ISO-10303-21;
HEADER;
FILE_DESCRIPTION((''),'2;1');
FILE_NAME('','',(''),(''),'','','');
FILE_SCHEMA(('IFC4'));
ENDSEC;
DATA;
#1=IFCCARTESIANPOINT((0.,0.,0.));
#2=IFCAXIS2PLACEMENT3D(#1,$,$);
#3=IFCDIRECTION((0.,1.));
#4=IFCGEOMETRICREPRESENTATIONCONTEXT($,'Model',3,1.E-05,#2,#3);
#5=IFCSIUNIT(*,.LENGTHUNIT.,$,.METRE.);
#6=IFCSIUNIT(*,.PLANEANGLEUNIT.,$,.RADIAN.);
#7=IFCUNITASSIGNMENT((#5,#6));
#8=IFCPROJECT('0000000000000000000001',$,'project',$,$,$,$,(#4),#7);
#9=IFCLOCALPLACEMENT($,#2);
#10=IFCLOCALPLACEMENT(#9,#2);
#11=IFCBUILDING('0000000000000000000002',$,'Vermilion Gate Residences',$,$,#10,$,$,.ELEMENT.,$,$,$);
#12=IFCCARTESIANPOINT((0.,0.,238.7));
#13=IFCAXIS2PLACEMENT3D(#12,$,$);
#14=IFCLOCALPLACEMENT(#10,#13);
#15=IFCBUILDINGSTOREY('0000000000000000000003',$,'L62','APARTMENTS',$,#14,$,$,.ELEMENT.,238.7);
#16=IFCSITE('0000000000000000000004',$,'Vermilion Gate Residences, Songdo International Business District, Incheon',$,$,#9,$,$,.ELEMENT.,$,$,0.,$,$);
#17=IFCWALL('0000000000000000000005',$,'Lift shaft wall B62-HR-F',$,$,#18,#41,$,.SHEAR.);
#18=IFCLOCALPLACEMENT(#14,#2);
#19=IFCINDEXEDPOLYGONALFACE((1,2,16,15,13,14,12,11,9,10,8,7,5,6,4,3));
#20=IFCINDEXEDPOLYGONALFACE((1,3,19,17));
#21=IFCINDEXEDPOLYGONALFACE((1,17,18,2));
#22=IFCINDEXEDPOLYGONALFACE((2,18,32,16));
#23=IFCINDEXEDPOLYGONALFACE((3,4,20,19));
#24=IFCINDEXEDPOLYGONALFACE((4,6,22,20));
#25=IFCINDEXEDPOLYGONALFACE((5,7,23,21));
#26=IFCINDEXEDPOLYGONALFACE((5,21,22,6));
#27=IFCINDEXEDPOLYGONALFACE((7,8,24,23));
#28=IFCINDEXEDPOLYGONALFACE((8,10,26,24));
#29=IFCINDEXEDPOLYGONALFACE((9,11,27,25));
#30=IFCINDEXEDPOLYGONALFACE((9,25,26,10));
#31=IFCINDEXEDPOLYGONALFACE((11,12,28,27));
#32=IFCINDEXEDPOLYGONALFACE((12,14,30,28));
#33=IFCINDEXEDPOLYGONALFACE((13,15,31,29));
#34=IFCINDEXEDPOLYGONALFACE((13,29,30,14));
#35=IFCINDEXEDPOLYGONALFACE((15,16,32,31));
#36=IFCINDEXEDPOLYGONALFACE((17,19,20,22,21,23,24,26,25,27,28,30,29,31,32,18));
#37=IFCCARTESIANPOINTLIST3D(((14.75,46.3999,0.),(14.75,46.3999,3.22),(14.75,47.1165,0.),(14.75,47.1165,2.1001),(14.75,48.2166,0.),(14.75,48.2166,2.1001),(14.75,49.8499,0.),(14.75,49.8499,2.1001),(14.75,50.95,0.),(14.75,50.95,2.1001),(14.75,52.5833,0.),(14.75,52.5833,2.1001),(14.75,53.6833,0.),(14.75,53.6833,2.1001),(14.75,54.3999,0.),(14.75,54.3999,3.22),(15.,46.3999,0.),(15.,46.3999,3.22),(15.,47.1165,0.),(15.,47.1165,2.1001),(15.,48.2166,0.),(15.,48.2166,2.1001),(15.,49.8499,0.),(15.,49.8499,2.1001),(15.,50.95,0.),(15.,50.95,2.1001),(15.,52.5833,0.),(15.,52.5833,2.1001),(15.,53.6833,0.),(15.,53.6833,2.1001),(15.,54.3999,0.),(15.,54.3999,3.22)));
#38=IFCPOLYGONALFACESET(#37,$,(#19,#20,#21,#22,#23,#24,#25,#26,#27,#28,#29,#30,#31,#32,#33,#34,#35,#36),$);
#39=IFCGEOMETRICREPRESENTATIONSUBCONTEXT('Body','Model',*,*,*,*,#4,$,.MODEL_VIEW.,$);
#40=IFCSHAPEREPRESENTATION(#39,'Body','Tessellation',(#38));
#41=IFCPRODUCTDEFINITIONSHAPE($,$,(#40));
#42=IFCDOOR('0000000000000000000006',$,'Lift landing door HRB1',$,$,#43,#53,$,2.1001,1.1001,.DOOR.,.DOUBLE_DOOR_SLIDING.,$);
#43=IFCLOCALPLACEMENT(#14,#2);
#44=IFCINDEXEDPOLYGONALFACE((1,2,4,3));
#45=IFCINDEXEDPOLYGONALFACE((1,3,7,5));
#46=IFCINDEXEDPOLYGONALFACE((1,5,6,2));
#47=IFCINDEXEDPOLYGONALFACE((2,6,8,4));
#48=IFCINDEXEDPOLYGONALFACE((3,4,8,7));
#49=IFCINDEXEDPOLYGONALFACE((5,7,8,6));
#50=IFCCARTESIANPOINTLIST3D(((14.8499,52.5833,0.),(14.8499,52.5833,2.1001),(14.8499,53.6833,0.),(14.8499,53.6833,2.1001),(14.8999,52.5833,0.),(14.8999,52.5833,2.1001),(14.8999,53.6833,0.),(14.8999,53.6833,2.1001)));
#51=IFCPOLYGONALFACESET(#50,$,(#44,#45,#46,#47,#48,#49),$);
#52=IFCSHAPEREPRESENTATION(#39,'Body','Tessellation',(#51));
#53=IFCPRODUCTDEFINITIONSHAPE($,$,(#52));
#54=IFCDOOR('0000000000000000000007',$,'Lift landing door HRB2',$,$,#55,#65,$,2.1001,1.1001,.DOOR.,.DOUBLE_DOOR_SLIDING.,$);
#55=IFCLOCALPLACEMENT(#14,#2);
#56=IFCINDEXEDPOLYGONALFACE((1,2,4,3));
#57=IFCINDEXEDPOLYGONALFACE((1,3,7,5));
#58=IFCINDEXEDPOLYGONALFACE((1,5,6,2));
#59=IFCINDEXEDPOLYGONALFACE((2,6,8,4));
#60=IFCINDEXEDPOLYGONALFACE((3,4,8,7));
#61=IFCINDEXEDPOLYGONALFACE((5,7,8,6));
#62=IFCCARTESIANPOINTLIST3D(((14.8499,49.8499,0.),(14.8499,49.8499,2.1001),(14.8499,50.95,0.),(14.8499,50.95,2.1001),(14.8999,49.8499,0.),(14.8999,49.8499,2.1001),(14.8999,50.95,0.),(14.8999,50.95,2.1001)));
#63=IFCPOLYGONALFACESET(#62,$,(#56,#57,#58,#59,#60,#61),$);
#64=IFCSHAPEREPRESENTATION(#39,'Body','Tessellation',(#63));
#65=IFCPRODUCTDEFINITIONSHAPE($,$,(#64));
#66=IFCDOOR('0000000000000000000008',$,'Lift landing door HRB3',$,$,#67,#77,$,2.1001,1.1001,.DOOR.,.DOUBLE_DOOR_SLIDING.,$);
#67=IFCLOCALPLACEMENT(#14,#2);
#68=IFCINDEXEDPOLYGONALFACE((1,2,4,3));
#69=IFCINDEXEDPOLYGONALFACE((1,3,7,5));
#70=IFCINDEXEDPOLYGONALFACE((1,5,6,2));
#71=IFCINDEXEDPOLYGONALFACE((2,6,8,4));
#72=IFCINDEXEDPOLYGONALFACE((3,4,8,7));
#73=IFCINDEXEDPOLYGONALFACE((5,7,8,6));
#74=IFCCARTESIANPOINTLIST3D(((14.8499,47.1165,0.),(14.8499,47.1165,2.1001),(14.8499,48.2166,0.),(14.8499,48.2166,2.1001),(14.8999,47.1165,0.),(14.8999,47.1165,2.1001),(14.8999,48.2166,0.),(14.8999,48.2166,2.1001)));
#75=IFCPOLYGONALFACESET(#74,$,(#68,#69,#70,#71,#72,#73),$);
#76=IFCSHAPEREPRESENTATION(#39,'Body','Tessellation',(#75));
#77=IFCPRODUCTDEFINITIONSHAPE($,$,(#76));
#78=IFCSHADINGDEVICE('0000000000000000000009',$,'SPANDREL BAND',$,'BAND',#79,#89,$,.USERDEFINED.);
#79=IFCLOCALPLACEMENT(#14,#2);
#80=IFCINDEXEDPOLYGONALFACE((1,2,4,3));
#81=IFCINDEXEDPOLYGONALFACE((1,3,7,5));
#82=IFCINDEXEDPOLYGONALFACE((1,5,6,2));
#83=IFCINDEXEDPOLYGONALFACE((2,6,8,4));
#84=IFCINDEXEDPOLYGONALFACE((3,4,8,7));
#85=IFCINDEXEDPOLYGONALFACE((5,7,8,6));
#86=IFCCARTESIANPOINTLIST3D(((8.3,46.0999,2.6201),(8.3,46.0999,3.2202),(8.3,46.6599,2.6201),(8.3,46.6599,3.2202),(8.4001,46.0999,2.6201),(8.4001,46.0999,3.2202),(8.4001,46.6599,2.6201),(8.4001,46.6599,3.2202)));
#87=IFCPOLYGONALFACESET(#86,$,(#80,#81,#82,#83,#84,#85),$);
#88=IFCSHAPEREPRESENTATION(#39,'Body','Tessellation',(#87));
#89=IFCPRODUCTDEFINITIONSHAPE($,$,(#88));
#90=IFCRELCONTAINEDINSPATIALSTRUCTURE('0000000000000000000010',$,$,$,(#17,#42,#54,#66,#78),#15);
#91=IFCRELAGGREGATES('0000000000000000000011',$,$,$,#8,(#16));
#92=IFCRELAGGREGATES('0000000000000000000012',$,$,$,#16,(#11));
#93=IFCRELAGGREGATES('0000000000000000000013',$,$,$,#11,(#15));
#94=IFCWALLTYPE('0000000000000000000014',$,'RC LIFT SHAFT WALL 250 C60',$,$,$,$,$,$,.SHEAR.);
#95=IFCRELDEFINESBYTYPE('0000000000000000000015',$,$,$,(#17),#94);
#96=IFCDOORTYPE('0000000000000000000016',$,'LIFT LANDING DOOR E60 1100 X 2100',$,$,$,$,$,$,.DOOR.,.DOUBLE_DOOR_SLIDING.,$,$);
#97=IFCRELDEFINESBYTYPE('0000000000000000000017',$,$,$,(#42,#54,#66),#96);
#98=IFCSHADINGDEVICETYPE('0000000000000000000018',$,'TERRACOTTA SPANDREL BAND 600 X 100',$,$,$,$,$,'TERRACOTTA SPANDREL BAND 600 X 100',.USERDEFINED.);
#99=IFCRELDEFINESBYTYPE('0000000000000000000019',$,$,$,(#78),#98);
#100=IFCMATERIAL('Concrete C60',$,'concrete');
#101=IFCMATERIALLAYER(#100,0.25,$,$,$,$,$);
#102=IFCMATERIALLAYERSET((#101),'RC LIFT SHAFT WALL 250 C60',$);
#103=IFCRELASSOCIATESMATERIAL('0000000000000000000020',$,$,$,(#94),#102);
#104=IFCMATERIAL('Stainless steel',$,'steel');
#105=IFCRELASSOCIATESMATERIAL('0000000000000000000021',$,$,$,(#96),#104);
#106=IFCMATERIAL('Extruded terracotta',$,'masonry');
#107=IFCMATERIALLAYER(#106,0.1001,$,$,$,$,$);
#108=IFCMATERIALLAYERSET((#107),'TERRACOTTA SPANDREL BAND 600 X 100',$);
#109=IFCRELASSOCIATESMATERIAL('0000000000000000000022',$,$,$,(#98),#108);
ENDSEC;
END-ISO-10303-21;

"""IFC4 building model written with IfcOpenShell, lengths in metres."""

from ifc_helpers import new_model, si_unit, direction, frame, frame_2d, origin, origin_2d, place, context, subcontext, project, spatial, rectangle, extrude, material, layer, layer_set, type_object, element, fill, save


model = new_model("IFC4")

# Units and contexts
model_context = context("Model", 3, precision=1e-05, world=origin(), true_north=direction((0.0, 1.0)))
body_context = subcontext(model_context, "Body", "Model", "MODEL_VIEW")
ifc_project = project(units=[si_unit("LENGTHUNIT", "METRE"), si_unit("PLANEANGLEUNIT", "RADIAN")], contexts=[model_context])

# Site, building, storey
site_placement = place(None, origin())
site = spatial("IfcSite", under=ifc_project, at=site_placement, Name="Vermilion Gate Residences, Songdo International Business District, Incheon", CompositionType="ELEMENT", RefElevation=0.0)
building_placement = place(site_placement, origin())
building = spatial("IfcBuilding", under=site, at=building_placement, Name="Vermilion Gate Residences", CompositionType="ELEMENT")
storey_placement = place(building_placement, frame((0.0, 0.0, 238.7)))
storey = spatial("IfcBuildingStorey", under=building, at=storey_placement, Name="L62", Description="APARTMENTS", CompositionType="ELEMENT", Elevation=238.7)

# Wall, openings, doors
ifc_material_1 = material(Name="Concrete C60", Category="concrete")
ifc_layer_1 = layer(ifc_material_1, 0.25)
ifc_layer_set_1 = layer_set([ifc_layer_1], Name="RC LIFT SHAFT WALL 250 C60")
wall_type_1 = type_object("IfcWallType", Name="RC LIFT SHAFT WALL 250 C60", PredefinedType="SHEAR", material=ifc_layer_set_1)
wall_1_placement = place(storey_placement, frame((14.875, 54.3999, 0.0), z_axis=(0.0, 0.0, 1.0), x_axis=(0.0, -1.0, 0.0)))
wall_1 = element("IfcWall", 1, at=wall_1_placement, inside=storey, type_object=wall_type_1, Name="Lift shaft wall B62-HR-F", PredefinedType="SHEAR", context=body_context, shape_type="SweptSolid", body=[
    extrude(rectangle(XDim=8.0, YDim=0.25, at=frame_2d((4.0, 0.0))), origin(), (0.0, 0.0, 1.0), 3.22),
])
opening_1_placement = place(wall_1_placement, frame((0.7166, 0.0, 0.0)))
opening_1 = element("IfcOpeningElement", 2, at=opening_1_placement, cuts=wall_1, PredefinedType="OPENING", context=body_context, shape_type="SweptSolid", body=[
    extrude(rectangle(XDim=1.1001, YDim=2.1001, at=frame_2d((0.55, 1.05))), frame((0.0, 0.135, 0.0), z_axis=(0.0, -1.0, 0.0), x_axis=(1.0, 0.0, 0.0)), (0.0, 0.0, 1.0), 0.27),
])
opening_2_placement = place(wall_1_placement, frame((3.45, 0.0, 0.0)))
opening_2 = element("IfcOpeningElement", 3, at=opening_2_placement, cuts=wall_1, PredefinedType="OPENING", context=body_context, shape_type="SweptSolid", body=[
    extrude(rectangle(XDim=1.1001, YDim=2.1001, at=frame_2d((0.55, 1.05))), frame((0.0, 0.135, 0.0), z_axis=(0.0, -1.0, 0.0), x_axis=(1.0, 0.0, 0.0)), (0.0, 0.0, 1.0), 0.27),
])
opening_3_placement = place(wall_1_placement, frame((6.1833, 0.0, 0.0)))
opening_3 = element("IfcOpeningElement", 4, at=opening_3_placement, cuts=wall_1, PredefinedType="OPENING", context=body_context, shape_type="SweptSolid", body=[
    extrude(rectangle(XDim=1.1001, YDim=2.1001, at=frame_2d((0.55, 1.05))), frame((0.0, 0.135, 0.0), z_axis=(0.0, -1.0, 0.0), x_axis=(1.0, 0.0, 0.0)), (0.0, 0.0, 1.0), 0.27),
])
ifc_material_2 = material(Name="Stainless steel", Category="steel")
door_type_1 = type_object("IfcDoorType", Name="LIFT LANDING DOOR E60 1100 X 2100", OperationType="DOUBLE_DOOR_SLIDING", PredefinedType="DOOR", material=ifc_material_2)
door_1_placement = place(opening_1_placement, origin())
door_1 = element("IfcDoor", 5, at=door_1_placement, inside=storey, type_object=door_type_1, Name="Lift landing door HRB1", OperationType="DOUBLE_DOOR_SLIDING", OverallHeight=2.1001, OverallWidth=1.1001, PredefinedType="DOOR", context=body_context, shape_type="SweptSolid", body=[
    extrude(rectangle(XDim=1.1001, YDim=2.1001, at=frame_2d((0.55, 1.05))), frame((0.0, 0.0249, 0.0), z_axis=(0.0, -1.0, 0.0), x_axis=(1.0, 0.0, 0.0)), (0.0, 0.0, 1.0), 0.05),
])
fill(opening_1, door_1)
door_2_placement = place(opening_2_placement, origin())
door_2 = element("IfcDoor", 6, at=door_2_placement, inside=storey, type_object=door_type_1, Name="Lift landing door HRB2", OperationType="DOUBLE_DOOR_SLIDING", OverallHeight=2.1001, OverallWidth=1.1001, PredefinedType="DOOR", context=body_context, shape_type="SweptSolid", body=[
    extrude(rectangle(XDim=1.1001, YDim=2.1001, at=frame_2d((0.55, 1.05))), frame((0.0, 0.0249, 0.0), z_axis=(0.0, -1.0, 0.0), x_axis=(1.0, 0.0, 0.0)), (0.0, 0.0, 1.0), 0.05),
])
fill(opening_2, door_2)
door_3_placement = place(opening_3_placement, origin())
door_3 = element("IfcDoor", 7, at=door_3_placement, inside=storey, type_object=door_type_1, Name="Lift landing door HRB3", OperationType="DOUBLE_DOOR_SLIDING", OverallHeight=2.1001, OverallWidth=1.1001, PredefinedType="DOOR", context=body_context, shape_type="SweptSolid", body=[
    extrude(rectangle(XDim=1.1001, YDim=2.1001, at=frame_2d((0.55, 1.05))), frame((0.0, 0.0249, 0.0), z_axis=(0.0, -1.0, 0.0), x_axis=(1.0, 0.0, 0.0)), (0.0, 0.0, 1.0), 0.05),
])
fill(opening_3, door_3)

# Shading device
ifc_material_3 = material(Name="Extruded terracotta", Category="masonry")
ifc_layer_2 = layer(ifc_material_3, 0.1001)
ifc_layer_set_2 = layer_set([ifc_layer_2], Name="TERRACOTTA SPANDREL BAND 600 X 100")
shading_device_type = type_object("IfcShadingDeviceType", Name="TERRACOTTA SPANDREL BAND 600 X 100", ElementType="TERRACOTTA SPANDREL BAND 600 X 100", PredefinedType="USERDEFINED", material=ifc_layer_set_2)
shading_device_placement = place(storey_placement, frame((8.3501, 46.3799, 2.6201), z_axis=(0.0, 0.0, 1.0), x_axis=(0.0, 1.0, 0.0)))
element("IfcShadingDevice", 8, at=shading_device_placement, inside=storey, type_object=shading_device_type, Name="SPANDREL BAND", ObjectType="BAND", PredefinedType="USERDEFINED", context=body_context, shape_type="SweptSolid", body=[
    extrude(rectangle(XDim=0.5601, YDim=0.1001, at=origin_2d()), origin(), (0.0, 0.0, 1.0), 0.6001),
])

save(model, "model.ifc")
